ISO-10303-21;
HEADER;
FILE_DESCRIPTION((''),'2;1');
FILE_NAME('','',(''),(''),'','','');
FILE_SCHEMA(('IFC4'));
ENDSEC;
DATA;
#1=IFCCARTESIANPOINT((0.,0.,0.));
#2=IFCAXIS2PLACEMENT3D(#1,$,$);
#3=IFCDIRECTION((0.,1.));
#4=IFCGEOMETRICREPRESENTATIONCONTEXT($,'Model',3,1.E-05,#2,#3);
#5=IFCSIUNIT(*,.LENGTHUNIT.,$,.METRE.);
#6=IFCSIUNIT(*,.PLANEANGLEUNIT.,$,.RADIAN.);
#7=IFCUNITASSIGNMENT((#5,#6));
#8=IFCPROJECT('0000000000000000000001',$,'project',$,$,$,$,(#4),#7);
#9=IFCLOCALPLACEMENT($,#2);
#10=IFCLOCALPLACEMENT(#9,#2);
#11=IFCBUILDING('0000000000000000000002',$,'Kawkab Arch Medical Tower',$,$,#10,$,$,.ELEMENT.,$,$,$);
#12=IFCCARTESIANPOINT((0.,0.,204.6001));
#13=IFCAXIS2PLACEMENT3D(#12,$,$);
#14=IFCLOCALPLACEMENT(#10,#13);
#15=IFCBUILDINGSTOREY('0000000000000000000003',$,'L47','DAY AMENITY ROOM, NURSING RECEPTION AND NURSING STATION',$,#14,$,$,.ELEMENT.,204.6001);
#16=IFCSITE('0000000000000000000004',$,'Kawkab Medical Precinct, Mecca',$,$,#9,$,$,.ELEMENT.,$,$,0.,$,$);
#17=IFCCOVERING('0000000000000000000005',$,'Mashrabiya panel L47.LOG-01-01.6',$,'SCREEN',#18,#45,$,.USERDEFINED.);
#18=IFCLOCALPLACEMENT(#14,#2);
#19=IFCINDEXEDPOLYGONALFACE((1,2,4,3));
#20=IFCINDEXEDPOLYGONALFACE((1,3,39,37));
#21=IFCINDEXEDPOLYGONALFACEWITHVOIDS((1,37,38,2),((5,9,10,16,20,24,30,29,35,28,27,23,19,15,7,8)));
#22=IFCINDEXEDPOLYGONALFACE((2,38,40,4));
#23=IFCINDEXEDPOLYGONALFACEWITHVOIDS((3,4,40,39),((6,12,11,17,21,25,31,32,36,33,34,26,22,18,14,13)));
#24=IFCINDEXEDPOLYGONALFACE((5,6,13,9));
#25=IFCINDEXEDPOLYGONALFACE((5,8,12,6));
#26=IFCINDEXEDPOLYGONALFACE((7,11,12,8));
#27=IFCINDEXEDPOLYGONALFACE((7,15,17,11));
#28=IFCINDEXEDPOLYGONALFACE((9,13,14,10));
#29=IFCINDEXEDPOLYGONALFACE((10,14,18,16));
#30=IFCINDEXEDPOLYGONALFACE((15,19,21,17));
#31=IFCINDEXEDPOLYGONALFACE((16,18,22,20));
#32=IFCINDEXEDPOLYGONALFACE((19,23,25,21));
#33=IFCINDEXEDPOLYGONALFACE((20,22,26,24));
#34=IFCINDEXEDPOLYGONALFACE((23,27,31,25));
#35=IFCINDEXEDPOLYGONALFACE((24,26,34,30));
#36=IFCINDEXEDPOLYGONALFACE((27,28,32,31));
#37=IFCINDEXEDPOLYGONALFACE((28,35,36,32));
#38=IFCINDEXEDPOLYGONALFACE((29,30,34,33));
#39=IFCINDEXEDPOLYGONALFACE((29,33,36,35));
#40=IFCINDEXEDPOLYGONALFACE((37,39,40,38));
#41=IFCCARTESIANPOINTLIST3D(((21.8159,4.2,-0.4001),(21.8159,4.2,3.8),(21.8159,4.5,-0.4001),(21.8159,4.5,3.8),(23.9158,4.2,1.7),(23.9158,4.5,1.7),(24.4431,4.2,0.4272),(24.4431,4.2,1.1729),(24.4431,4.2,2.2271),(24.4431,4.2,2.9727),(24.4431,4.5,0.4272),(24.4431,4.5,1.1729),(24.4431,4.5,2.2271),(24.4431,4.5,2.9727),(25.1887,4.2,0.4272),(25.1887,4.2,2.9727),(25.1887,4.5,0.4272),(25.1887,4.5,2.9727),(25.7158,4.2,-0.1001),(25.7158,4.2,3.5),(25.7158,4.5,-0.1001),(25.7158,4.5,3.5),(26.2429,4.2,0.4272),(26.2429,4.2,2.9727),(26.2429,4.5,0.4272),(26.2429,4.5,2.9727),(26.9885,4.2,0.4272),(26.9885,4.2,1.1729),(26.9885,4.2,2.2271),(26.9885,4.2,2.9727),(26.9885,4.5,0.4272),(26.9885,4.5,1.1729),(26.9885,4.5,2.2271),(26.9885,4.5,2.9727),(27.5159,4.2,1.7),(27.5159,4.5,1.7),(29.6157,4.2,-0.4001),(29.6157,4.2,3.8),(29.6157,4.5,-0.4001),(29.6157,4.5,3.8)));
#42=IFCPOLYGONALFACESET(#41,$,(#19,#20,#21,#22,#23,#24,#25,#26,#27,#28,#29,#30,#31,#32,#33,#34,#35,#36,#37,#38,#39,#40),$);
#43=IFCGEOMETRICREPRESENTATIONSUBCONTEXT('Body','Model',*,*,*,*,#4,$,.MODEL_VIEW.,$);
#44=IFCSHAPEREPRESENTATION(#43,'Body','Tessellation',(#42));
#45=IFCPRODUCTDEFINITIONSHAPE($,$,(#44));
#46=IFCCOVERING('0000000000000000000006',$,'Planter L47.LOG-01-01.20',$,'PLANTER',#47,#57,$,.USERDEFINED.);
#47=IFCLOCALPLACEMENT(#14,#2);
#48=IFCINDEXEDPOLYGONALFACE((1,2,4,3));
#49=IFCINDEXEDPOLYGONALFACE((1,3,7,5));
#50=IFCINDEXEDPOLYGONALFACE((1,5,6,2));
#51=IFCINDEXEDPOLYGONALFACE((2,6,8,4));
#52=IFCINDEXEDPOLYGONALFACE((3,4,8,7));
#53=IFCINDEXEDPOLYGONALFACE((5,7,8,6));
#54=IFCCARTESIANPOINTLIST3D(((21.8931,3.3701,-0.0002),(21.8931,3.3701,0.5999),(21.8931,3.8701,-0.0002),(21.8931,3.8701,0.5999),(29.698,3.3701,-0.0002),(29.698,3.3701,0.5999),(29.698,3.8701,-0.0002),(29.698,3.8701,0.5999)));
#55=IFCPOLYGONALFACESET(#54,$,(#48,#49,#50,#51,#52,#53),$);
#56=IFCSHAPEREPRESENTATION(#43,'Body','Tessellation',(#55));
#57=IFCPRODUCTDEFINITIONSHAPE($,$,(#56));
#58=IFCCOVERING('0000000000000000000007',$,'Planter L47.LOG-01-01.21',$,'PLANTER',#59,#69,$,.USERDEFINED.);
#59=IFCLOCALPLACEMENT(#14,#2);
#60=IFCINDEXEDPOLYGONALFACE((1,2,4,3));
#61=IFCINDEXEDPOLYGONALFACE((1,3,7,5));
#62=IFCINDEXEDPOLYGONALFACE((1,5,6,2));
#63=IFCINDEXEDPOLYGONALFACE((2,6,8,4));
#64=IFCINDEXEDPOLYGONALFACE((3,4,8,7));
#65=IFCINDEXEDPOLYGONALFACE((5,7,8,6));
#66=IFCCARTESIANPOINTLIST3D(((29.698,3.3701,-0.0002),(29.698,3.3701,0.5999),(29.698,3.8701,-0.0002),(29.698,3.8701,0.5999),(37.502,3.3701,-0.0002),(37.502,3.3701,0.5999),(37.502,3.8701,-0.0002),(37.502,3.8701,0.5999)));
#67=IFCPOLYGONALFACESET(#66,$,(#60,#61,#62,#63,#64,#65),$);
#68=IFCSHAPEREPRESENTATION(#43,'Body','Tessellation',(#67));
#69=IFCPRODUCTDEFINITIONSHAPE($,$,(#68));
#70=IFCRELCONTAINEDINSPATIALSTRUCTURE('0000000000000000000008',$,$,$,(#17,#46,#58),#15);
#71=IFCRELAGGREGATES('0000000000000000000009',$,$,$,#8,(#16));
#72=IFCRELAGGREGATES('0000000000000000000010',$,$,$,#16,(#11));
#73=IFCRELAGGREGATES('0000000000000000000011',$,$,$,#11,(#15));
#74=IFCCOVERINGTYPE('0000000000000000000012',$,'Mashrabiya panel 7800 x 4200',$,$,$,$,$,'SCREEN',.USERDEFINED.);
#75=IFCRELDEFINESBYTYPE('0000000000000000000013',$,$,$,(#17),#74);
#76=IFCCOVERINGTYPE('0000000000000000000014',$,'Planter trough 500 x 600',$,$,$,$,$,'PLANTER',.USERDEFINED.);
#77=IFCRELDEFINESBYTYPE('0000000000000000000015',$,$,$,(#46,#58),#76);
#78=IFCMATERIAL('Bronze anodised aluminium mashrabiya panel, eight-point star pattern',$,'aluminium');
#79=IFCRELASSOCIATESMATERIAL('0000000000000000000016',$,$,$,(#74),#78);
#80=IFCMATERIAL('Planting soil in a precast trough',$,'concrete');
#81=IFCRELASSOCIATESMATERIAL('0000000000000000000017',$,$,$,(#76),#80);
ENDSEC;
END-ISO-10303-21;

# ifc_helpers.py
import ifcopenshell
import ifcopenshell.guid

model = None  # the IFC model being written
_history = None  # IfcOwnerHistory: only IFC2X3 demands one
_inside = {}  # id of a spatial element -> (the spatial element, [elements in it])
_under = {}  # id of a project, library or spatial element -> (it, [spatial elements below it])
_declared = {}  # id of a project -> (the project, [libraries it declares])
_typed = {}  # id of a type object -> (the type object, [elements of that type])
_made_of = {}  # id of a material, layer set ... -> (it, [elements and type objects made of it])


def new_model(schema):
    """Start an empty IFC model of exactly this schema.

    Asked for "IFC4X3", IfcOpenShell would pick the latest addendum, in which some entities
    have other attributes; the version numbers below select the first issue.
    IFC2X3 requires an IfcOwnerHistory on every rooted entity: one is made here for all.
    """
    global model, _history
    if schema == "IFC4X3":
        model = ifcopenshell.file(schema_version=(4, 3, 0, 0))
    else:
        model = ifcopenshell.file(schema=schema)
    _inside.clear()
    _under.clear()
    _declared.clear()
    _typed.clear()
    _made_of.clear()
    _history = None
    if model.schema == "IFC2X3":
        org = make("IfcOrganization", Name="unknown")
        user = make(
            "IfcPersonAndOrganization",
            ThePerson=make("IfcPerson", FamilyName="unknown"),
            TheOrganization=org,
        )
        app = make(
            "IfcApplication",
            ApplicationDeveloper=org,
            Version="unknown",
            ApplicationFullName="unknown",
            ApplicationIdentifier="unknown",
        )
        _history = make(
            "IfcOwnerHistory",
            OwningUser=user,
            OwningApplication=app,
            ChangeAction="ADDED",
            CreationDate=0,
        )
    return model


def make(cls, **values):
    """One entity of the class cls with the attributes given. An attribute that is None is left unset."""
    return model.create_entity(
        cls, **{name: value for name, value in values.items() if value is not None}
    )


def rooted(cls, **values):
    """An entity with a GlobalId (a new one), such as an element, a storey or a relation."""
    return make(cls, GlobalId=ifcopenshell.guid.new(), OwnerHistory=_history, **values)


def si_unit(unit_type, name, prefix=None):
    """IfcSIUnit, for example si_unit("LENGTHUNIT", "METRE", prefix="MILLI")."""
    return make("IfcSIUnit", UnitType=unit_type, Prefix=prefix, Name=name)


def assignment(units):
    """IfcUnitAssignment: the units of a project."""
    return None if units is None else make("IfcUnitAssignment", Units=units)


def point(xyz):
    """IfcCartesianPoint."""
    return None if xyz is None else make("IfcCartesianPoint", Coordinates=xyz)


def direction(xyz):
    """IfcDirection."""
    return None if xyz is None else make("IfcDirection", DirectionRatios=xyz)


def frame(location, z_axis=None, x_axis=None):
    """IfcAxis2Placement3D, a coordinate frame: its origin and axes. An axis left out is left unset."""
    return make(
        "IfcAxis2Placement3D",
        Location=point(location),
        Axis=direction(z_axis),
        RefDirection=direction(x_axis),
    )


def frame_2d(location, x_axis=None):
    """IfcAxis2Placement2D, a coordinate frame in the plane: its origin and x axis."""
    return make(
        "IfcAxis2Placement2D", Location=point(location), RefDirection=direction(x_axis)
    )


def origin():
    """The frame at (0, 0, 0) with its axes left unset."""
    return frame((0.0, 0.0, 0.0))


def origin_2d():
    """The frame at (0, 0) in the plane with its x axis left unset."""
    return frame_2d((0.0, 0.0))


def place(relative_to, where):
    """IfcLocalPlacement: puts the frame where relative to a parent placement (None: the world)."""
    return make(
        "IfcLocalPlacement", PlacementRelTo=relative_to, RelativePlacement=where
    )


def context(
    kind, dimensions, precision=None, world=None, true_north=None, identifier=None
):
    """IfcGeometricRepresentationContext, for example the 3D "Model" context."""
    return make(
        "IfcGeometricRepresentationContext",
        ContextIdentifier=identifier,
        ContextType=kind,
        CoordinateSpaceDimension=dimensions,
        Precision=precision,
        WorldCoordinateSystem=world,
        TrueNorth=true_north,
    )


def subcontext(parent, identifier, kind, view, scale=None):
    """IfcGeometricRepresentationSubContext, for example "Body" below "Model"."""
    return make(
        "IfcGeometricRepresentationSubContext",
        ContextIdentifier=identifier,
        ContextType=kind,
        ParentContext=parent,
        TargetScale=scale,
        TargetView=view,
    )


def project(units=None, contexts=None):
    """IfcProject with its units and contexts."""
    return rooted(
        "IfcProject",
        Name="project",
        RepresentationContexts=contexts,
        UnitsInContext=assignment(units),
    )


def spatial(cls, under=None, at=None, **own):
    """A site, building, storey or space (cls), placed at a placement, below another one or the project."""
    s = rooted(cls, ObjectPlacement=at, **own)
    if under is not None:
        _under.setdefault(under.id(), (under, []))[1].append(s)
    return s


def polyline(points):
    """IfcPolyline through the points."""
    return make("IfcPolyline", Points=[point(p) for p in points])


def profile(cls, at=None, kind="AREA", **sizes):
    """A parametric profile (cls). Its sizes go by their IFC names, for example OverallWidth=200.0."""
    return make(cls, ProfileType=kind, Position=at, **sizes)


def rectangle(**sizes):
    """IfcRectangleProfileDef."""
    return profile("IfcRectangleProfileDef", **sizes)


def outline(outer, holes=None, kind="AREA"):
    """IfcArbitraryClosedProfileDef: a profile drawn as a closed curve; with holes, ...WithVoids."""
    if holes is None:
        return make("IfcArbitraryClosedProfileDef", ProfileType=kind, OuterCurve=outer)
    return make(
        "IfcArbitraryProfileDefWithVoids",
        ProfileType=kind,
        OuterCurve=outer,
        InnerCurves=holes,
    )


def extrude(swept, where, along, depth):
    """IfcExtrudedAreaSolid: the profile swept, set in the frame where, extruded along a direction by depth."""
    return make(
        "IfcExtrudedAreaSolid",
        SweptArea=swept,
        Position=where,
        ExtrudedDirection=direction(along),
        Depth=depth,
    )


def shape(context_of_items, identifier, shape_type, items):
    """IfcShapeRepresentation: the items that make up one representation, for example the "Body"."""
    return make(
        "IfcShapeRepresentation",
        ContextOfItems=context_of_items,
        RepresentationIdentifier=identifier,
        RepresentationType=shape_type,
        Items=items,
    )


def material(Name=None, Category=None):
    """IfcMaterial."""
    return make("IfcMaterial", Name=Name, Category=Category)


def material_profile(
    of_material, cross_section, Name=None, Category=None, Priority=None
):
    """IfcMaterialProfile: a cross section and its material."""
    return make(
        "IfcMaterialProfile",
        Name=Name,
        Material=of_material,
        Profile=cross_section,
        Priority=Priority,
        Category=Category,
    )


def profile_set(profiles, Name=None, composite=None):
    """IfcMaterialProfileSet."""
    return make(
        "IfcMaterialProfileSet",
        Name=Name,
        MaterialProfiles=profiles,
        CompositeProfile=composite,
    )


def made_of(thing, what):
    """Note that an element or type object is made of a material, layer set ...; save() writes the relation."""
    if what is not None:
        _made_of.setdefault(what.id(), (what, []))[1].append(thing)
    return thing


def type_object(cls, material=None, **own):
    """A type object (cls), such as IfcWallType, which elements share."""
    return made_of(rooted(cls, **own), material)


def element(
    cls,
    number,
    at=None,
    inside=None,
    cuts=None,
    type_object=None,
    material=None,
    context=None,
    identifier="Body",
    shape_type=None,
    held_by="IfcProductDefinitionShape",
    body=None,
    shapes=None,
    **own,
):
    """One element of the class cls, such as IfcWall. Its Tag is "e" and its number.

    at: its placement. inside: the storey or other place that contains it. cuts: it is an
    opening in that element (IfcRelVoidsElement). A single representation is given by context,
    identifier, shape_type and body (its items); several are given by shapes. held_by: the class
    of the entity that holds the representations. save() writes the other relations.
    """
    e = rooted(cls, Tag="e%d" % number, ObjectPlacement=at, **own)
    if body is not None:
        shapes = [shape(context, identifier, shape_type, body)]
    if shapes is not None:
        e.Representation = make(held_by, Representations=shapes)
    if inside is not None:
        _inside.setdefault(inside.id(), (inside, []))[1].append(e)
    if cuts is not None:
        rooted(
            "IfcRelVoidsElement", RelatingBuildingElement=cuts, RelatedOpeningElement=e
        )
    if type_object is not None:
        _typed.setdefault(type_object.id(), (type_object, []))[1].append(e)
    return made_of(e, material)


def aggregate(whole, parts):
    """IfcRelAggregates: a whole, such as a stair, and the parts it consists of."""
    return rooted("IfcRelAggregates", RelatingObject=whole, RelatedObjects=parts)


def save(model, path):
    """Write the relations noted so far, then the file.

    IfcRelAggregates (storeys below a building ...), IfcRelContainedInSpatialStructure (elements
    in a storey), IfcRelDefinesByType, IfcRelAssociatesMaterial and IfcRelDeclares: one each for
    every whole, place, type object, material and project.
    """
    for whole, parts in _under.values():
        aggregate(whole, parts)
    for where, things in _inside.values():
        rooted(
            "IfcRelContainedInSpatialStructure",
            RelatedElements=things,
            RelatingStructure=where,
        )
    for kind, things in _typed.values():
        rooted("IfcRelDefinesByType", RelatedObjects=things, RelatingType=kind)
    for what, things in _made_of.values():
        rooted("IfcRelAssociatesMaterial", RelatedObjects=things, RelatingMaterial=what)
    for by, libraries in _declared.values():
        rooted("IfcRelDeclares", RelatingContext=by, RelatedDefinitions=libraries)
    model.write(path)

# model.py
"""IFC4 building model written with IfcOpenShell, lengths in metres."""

from ifc_helpers import new_model, si_unit, direction, frame, origin, origin_2d, place, context, subcontext, project, spatial, polyline, rectangle, outline, extrude, material, material_profile, profile_set, type_object, element, save


model = new_model("IFC4")

# Units and contexts
model_context = context("Model", 3, precision=1e-05, world=origin(), true_north=direction((0.0, 1.0)))
body_context = subcontext(model_context, "Body", "Model", "MODEL_VIEW")
ifc_project = project(units=[si_unit("LENGTHUNIT", "METRE"), si_unit("PLANEANGLEUNIT", "RADIAN")], contexts=[model_context])

# Site, building, storey
site_placement = place(None, origin())
site = spatial("IfcSite", under=ifc_project, at=site_placement, Name="Kawkab Medical Precinct, Mecca", CompositionType="ELEMENT", RefElevation=0.0)
building_placement = place(site_placement, origin())
building = spatial("IfcBuilding", under=site, at=building_placement, Name="Kawkab Arch Medical Tower", CompositionType="ELEMENT")
storey_placement = place(building_placement, frame((0.0, 0.0, 204.6001)))
storey = spatial("IfcBuildingStorey", under=building, at=storey_placement, Name="L47", Description="DAY AMENITY ROOM, NURSING RECEPTION AND NURSING STATION", CompositionType="ELEMENT", Elevation=204.6001)

# Coverings
ifc_material_1 = material(Name="Bronze anodised aluminium mashrabiya panel, eight-point star pattern", Category="aluminium")
ifc_material_profile_1 = material_profile(ifc_material_1, outline(polyline([(-3.8999, -2.1001), (3.8999, -2.1001), (3.8999, 2.1001), (-3.8999, 2.1001), (-3.8999, -2.1001)]), holes=[polyline([(1.8, 0.0), (1.2727, 0.5271), (1.2727, 1.2727), (0.5271, 1.2727), (0.0, 1.8), (-0.5271, 1.2727), (-1.2727, 1.2727), (-1.2727, 0.5271), (-1.8, 0.0), (-1.2727, -0.5271), (-1.2727, -1.2727), (-0.5271, -1.2727), (0.0, -1.8), (0.5271, -1.2727), (1.2727, -1.2727), (1.2727, -0.5271), (1.8, 0.0)])]), Name="Mashrabiya panel 7800x4200")
ifc_profile_set_1 = profile_set([ifc_material_profile_1], Name="Bronze anodised aluminium mashrabiya panel, eight-point star pattern")
covering_type_1 = type_object("IfcCoveringType", Name="Mashrabiya panel 7800 x 4200", ElementType="SCREEN", PredefinedType="USERDEFINED", material=ifc_profile_set_1)
covering_1_placement = place(storey_placement, frame((25.7158, 4.2, 1.7), z_axis=(0.0, 1.0, 0.0), x_axis=(-1.0, 0.0, 0.0)))
element("IfcCovering", 1, at=covering_1_placement, inside=storey, type_object=covering_type_1, Name="Mashrabiya panel L47.LOG-01-01.6", ObjectType="SCREEN", PredefinedType="USERDEFINED", context=body_context, shape_type="SweptSolid", body=[
    extrude(outline(polyline([(-3.8999, -2.1001), (3.8999, -2.1001), (3.8999, 2.1001), (-3.8999, 2.1001), (-3.8999, -2.1001)]), holes=[polyline([(1.8, 0.0), (1.2727, 0.5271), (1.2727, 1.2727), (0.5271, 1.2727), (0.0, 1.8), (-0.5271, 1.2727), (-1.2727, 1.2727), (-1.2727, 0.5271), (-1.8, 0.0), (-1.2727, -0.5271), (-1.2727, -1.2727), (-0.5271, -1.2727), (0.0, -1.8), (0.5271, -1.2727), (1.2727, -1.2727), (1.2727, -0.5271), (1.8, 0.0)])]), origin(), (0.0, 0.0, 1.0), 0.3),
])
ifc_material_2 = material(Name="Planting soil in a precast trough", Category="concrete")
ifc_material_profile_2 = material_profile(ifc_material_2, rectangle(XDim=0.5, YDim=0.6001, at=origin_2d()), Name="Trough 500x600")
ifc_profile_set_2 = profile_set([ifc_material_profile_2], Name="Planting soil in a precast trough")
covering_type_2 = type_object("IfcCoveringType", Name="Planter trough 500 x 600", ElementType="PLANTER", PredefinedType="USERDEFINED", material=ifc_profile_set_2)
covering_2_placement = place(storey_placement, frame((21.8931, 3.6201, 0.2998), z_axis=(1.0, 0.0, 0.0), x_axis=(0.0, 1.0, 0.0)))
element("IfcCovering", 2, at=covering_2_placement, inside=storey, type_object=covering_type_2, Name="Planter L47.LOG-01-01.20", ObjectType="PLANTER", PredefinedType="USERDEFINED", context=body_context, shape_type="SweptSolid", body=[
    extrude(rectangle(XDim=0.5, YDim=0.6001, at=origin_2d()), origin(), (0.0, 0.0, 1.0), 7.8049),
])
covering_3_placement = place(storey_placement, frame((29.698, 3.6201, 0.2998), z_axis=(1.0, 0.0, 0.0), x_axis=(0.0, 1.0, 0.0)))
element("IfcCovering", 3, at=covering_3_placement, inside=storey, type_object=covering_type_2, Name="Planter L47.LOG-01-01.21", ObjectType="PLANTER", PredefinedType="USERDEFINED", context=body_context, shape_type="SweptSolid", body=[
    extrude(rectangle(XDim=0.5, YDim=0.6001, at=origin_2d()), origin(), (0.0, 0.0, 1.0), 7.804),
])

save(model, "model.ifc")
